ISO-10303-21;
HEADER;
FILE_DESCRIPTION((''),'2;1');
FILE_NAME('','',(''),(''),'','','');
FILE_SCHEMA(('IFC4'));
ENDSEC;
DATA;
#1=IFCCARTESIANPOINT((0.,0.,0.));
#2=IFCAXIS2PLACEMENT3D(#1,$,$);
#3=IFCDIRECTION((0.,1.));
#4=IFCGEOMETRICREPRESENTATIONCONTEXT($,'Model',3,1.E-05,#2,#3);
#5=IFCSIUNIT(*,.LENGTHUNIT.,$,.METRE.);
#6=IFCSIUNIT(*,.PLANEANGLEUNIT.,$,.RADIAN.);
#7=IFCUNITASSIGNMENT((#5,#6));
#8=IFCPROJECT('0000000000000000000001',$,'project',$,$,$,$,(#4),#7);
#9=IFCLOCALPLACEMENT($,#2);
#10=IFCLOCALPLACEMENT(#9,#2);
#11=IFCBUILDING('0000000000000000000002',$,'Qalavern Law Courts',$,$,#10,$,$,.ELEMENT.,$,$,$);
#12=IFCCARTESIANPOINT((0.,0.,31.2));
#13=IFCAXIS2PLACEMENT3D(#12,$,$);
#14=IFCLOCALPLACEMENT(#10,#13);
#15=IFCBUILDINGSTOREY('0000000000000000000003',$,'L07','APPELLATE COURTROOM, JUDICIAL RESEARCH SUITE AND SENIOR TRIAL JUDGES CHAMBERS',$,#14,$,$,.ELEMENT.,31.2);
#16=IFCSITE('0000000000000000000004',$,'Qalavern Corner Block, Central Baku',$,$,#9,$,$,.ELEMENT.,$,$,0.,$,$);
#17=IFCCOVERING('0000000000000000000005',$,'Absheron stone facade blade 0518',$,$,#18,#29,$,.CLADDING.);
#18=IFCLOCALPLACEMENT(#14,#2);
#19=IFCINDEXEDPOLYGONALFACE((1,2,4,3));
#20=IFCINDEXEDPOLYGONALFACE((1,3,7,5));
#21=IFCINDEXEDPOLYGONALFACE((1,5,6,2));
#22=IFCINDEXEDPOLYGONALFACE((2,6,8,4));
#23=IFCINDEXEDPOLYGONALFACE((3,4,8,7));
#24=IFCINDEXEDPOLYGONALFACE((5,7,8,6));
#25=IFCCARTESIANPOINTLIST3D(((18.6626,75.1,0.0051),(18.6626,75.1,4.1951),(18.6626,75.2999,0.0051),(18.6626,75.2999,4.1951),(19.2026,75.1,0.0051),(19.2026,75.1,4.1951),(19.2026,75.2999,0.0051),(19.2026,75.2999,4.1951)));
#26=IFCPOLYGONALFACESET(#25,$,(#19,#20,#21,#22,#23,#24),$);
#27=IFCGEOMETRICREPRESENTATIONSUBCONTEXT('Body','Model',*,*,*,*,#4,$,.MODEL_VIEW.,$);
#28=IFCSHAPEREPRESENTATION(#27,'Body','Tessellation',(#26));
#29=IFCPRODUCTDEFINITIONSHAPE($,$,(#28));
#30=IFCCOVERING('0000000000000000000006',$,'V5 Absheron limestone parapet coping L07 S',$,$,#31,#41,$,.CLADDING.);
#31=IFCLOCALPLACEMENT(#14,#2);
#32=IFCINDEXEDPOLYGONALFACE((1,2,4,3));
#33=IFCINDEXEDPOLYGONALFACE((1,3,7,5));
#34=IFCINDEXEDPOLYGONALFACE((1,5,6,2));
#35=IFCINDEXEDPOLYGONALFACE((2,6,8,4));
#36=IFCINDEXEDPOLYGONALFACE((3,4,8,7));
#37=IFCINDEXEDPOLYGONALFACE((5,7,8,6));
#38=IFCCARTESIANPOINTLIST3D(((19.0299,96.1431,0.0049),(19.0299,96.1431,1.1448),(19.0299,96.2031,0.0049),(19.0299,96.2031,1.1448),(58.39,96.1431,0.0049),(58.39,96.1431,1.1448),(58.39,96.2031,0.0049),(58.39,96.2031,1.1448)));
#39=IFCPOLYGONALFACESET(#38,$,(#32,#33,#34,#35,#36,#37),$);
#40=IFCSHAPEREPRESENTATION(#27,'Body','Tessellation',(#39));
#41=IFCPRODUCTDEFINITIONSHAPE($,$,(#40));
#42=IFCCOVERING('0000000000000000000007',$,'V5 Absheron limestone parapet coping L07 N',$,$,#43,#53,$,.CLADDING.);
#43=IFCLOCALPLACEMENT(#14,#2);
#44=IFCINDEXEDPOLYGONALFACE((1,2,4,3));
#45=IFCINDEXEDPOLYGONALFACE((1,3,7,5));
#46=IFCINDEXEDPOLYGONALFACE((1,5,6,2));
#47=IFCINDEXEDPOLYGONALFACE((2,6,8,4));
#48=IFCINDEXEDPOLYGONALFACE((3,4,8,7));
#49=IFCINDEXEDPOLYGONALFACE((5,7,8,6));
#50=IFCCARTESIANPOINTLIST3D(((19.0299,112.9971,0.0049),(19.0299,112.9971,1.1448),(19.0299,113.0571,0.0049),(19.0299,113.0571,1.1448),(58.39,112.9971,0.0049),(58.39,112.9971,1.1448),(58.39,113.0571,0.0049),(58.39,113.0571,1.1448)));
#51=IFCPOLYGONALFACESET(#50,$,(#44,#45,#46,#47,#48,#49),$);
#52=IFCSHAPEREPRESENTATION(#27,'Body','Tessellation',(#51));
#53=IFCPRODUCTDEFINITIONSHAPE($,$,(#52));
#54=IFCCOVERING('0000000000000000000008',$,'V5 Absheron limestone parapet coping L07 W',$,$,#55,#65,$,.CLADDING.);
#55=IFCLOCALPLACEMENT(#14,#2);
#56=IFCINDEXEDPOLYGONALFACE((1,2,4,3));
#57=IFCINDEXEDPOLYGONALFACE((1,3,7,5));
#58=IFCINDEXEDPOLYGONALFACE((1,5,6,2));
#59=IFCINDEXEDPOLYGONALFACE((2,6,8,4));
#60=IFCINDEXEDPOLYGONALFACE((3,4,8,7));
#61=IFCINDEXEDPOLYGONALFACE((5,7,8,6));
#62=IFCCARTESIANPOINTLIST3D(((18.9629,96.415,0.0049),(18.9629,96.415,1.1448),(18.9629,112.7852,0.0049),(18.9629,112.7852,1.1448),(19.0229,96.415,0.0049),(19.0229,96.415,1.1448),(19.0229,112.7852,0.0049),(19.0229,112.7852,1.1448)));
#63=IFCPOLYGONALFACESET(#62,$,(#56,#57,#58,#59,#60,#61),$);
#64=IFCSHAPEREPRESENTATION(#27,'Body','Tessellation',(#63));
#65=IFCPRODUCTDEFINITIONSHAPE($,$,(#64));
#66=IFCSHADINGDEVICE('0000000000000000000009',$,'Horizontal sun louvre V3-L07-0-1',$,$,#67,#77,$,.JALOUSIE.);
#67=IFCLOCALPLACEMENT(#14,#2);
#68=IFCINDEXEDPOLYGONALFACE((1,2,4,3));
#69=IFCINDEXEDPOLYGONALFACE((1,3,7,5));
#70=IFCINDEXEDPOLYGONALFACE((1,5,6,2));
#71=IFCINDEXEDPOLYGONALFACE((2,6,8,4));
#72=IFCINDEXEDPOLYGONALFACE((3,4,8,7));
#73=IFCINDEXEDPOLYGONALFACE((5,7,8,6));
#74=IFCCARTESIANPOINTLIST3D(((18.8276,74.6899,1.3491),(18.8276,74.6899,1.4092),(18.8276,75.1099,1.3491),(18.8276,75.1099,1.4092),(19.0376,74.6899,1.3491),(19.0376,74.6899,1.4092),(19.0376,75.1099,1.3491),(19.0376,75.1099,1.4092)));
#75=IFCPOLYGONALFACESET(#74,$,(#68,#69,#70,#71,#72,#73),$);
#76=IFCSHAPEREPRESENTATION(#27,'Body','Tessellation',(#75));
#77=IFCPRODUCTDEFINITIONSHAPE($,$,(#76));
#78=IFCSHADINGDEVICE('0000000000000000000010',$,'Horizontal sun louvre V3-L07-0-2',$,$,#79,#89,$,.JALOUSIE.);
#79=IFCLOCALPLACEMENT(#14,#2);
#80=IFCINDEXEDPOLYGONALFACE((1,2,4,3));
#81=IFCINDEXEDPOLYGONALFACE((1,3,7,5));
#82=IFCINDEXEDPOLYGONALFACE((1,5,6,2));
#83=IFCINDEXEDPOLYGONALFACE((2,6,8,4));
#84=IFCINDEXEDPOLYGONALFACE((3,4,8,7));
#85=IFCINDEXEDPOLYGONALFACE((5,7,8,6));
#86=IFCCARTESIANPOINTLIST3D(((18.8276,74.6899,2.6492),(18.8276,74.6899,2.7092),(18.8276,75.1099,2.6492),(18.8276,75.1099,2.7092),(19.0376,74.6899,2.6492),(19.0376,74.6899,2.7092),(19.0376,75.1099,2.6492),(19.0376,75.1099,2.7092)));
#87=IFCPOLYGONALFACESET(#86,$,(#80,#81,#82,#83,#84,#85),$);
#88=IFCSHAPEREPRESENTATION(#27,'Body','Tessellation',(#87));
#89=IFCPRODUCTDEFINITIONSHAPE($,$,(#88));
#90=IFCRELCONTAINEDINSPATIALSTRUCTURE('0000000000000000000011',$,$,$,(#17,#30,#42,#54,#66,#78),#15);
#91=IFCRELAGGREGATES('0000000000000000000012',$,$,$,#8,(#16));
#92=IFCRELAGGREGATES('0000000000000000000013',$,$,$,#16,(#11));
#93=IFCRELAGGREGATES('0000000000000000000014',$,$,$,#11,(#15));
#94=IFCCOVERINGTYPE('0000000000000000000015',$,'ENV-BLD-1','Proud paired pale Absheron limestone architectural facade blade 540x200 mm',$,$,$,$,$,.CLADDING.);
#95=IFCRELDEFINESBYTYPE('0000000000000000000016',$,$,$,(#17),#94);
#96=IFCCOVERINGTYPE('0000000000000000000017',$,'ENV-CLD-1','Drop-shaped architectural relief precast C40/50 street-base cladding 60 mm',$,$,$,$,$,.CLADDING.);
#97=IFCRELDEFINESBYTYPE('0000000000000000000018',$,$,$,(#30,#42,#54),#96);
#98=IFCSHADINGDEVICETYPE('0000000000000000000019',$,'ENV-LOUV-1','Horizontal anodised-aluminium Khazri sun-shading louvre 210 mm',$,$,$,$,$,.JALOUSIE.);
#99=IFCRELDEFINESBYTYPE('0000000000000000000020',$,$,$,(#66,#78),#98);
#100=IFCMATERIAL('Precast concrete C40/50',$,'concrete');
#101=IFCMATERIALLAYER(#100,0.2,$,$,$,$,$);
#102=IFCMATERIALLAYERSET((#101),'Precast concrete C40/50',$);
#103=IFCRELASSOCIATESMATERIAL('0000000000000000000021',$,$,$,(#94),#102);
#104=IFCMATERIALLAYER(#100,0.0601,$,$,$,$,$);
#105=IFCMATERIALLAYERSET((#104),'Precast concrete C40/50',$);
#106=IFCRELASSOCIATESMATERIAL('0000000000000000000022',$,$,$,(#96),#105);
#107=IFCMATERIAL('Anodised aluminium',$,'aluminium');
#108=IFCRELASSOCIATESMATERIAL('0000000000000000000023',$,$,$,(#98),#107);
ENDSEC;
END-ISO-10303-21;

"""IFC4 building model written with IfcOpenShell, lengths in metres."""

from ifc_helpers import new_model, si_unit, direction, frame, origin, origin_2d, place, context, subcontext, project, spatial, rectangle, extrude, material, layer, layer_set, type_object, element, save


model = new_model("IFC4")

# Units and contexts
model_context = context("Model", 3, precision=1e-05, world=origin(), true_north=direction((0.0, 1.0)))
body_context = subcontext(model_context, "Body", "Model", "MODEL_VIEW")
ifc_project = project(units=[si_unit("LENGTHUNIT", "METRE"), si_unit("PLANEANGLEUNIT", "RADIAN")], contexts=[model_context])

# Site, building, storey
site_placement = place(None, origin())
site = spatial("IfcSite", under=ifc_project, at=site_placement, Name="Qalavern Corner Block, Central Baku", CompositionType="ELEMENT", RefElevation=0.0)
building_placement = place(site_placement, origin())
building = spatial("IfcBuilding", under=site, at=building_placement, Name="Qalavern Law Courts", CompositionType="ELEMENT")
storey_placement = place(building_placement, frame((0.0, 0.0, 31.2)))
storey = spatial("IfcBuildingStorey", under=building, at=storey_placement, Name="L07", Description="APPELLATE COURTROOM, JUDICIAL RESEARCH SUITE AND SENIOR TRIAL JUDGES CHAMBERS", CompositionType="ELEMENT", Elevation=31.2)

# Coverings
ifc_material_1 = material(Name="Precast concrete C40/50", Category="concrete")
ifc_layer_1 = layer(ifc_material_1, 0.2)
ifc_layer_set_1 = layer_set([ifc_layer_1], Name="Precast concrete C40/50")
covering_type_1 = type_object("IfcCoveringType", Name="ENV-BLD-1", Description="Proud paired pale Absheron limestone architectural facade blade 540x200 mm", PredefinedType="CLADDING", material=ifc_layer_set_1)
for number, where, z_axis, x_axis, name in (
    (1, (18.9326, 75.2, 0.0051), (0.0, 0.0, 1.0), (1.0, 0.0, 0.0), "Absheron stone facade blade 0518"),
):
    element("IfcCovering", number, at=place(storey_placement, frame(where, z_axis=z_axis, x_axis=x_axis)), inside=storey, type_object=covering_type_1, Name=name, PredefinedType="CLADDING", context=body_context, shape_type="SweptSolid", body=[
        extrude(rectangle(XDim=0.54, YDim=0.2, at=origin_2d()), origin(), (0.0, 0.0, 1.0), 4.1899),
    ])
ifc_layer_2 = layer(ifc_material_1, 0.0601)
ifc_layer_set_2 = layer_set([ifc_layer_2], Name="Precast concrete C40/50")
covering_type_2 = type_object("IfcCoveringType", Name="ENV-CLD-1", Description="Drop-shaped architectural relief precast C40/50 street-base cladding 60 mm", PredefinedType="CLADDING", material=ifc_layer_set_2)
for number, where, z_axis, x_axis, name in (
    (2, (38.71, 96.1731, 0.0049), (0.0, 0.0, 1.0), (1.0, 0.0, 0.0), "V5 Absheron limestone parapet coping L07 S"),
    (3, (38.71, 113.0271, 0.0049), (0.0, 0.0, 1.0), (-1.0, 0.0, 0.0), "V5 Absheron limestone parapet coping L07 N"),
):
    element("IfcCovering", number, at=place(storey_placement, frame(where, z_axis=z_axis, x_axis=x_axis)), inside=storey, type_object=covering_type_2, Name=name, PredefinedType="CLADDING", context=body_context, shape_type="SweptSolid", body=[
        extrude(rectangle(XDim=39.3601, YDim=0.0601, at=origin_2d()), origin(), (0.0, 0.0, 1.0), 1.1399),
    ])
covering_placement = place(storey_placement, frame((18.9929, 104.6001, 0.0049), z_axis=(0.0, 0.0, 1.0), x_axis=(0.0, -1.0, 0.0)))
element("IfcCovering", 4, at=covering_placement, inside=storey, type_object=covering_type_2, Name="V5 Absheron limestone parapet coping L07 W", PredefinedType="CLADDING", context=body_context, shape_type="SweptSolid", body=[
    extrude(rectangle(XDim=16.3701, YDim=0.0601, at=origin_2d()), origin(), (0.0, 0.0, 1.0), 1.1399),
])

# Shading devices
ifc_material_2 = material(Name="Anodised aluminium", Category="aluminium")
shading_device_type = type_object("IfcShadingDeviceType", Name="ENV-LOUV-1", Description="Horizontal anodised-aluminium Khazri sun-shading louvre 210 mm", PredefinedType="JALOUSIE", material=ifc_material_2)
for number, where, z_axis, x_axis, name in (
    (5, (18.9326, 74.8999, 1.3491), (0.0, 0.0, 1.0), (0.0, 1.0, 0.0), "Horizontal sun louvre V3-L07-0-1"),
    (6, (18.9326, 74.8999, 2.6492), (0.0, 0.0, 1.0), (0.0, 1.0, 0.0), "Horizontal sun louvre V3-L07-0-2"),
):
    element("IfcShadingDevice", number, at=place(storey_placement, frame(where, z_axis=z_axis, x_axis=x_axis)), inside=storey, type_object=shading_device_type, Name=name, PredefinedType="JALOUSIE", context=body_context, shape_type="SweptSolid", body=[
        extrude(rectangle(XDim=0.4199, YDim=0.21, at=origin_2d()), origin(), (0.0, 0.0, 1.0), 0.0601),
    ])

save(model, "model.ifc")
